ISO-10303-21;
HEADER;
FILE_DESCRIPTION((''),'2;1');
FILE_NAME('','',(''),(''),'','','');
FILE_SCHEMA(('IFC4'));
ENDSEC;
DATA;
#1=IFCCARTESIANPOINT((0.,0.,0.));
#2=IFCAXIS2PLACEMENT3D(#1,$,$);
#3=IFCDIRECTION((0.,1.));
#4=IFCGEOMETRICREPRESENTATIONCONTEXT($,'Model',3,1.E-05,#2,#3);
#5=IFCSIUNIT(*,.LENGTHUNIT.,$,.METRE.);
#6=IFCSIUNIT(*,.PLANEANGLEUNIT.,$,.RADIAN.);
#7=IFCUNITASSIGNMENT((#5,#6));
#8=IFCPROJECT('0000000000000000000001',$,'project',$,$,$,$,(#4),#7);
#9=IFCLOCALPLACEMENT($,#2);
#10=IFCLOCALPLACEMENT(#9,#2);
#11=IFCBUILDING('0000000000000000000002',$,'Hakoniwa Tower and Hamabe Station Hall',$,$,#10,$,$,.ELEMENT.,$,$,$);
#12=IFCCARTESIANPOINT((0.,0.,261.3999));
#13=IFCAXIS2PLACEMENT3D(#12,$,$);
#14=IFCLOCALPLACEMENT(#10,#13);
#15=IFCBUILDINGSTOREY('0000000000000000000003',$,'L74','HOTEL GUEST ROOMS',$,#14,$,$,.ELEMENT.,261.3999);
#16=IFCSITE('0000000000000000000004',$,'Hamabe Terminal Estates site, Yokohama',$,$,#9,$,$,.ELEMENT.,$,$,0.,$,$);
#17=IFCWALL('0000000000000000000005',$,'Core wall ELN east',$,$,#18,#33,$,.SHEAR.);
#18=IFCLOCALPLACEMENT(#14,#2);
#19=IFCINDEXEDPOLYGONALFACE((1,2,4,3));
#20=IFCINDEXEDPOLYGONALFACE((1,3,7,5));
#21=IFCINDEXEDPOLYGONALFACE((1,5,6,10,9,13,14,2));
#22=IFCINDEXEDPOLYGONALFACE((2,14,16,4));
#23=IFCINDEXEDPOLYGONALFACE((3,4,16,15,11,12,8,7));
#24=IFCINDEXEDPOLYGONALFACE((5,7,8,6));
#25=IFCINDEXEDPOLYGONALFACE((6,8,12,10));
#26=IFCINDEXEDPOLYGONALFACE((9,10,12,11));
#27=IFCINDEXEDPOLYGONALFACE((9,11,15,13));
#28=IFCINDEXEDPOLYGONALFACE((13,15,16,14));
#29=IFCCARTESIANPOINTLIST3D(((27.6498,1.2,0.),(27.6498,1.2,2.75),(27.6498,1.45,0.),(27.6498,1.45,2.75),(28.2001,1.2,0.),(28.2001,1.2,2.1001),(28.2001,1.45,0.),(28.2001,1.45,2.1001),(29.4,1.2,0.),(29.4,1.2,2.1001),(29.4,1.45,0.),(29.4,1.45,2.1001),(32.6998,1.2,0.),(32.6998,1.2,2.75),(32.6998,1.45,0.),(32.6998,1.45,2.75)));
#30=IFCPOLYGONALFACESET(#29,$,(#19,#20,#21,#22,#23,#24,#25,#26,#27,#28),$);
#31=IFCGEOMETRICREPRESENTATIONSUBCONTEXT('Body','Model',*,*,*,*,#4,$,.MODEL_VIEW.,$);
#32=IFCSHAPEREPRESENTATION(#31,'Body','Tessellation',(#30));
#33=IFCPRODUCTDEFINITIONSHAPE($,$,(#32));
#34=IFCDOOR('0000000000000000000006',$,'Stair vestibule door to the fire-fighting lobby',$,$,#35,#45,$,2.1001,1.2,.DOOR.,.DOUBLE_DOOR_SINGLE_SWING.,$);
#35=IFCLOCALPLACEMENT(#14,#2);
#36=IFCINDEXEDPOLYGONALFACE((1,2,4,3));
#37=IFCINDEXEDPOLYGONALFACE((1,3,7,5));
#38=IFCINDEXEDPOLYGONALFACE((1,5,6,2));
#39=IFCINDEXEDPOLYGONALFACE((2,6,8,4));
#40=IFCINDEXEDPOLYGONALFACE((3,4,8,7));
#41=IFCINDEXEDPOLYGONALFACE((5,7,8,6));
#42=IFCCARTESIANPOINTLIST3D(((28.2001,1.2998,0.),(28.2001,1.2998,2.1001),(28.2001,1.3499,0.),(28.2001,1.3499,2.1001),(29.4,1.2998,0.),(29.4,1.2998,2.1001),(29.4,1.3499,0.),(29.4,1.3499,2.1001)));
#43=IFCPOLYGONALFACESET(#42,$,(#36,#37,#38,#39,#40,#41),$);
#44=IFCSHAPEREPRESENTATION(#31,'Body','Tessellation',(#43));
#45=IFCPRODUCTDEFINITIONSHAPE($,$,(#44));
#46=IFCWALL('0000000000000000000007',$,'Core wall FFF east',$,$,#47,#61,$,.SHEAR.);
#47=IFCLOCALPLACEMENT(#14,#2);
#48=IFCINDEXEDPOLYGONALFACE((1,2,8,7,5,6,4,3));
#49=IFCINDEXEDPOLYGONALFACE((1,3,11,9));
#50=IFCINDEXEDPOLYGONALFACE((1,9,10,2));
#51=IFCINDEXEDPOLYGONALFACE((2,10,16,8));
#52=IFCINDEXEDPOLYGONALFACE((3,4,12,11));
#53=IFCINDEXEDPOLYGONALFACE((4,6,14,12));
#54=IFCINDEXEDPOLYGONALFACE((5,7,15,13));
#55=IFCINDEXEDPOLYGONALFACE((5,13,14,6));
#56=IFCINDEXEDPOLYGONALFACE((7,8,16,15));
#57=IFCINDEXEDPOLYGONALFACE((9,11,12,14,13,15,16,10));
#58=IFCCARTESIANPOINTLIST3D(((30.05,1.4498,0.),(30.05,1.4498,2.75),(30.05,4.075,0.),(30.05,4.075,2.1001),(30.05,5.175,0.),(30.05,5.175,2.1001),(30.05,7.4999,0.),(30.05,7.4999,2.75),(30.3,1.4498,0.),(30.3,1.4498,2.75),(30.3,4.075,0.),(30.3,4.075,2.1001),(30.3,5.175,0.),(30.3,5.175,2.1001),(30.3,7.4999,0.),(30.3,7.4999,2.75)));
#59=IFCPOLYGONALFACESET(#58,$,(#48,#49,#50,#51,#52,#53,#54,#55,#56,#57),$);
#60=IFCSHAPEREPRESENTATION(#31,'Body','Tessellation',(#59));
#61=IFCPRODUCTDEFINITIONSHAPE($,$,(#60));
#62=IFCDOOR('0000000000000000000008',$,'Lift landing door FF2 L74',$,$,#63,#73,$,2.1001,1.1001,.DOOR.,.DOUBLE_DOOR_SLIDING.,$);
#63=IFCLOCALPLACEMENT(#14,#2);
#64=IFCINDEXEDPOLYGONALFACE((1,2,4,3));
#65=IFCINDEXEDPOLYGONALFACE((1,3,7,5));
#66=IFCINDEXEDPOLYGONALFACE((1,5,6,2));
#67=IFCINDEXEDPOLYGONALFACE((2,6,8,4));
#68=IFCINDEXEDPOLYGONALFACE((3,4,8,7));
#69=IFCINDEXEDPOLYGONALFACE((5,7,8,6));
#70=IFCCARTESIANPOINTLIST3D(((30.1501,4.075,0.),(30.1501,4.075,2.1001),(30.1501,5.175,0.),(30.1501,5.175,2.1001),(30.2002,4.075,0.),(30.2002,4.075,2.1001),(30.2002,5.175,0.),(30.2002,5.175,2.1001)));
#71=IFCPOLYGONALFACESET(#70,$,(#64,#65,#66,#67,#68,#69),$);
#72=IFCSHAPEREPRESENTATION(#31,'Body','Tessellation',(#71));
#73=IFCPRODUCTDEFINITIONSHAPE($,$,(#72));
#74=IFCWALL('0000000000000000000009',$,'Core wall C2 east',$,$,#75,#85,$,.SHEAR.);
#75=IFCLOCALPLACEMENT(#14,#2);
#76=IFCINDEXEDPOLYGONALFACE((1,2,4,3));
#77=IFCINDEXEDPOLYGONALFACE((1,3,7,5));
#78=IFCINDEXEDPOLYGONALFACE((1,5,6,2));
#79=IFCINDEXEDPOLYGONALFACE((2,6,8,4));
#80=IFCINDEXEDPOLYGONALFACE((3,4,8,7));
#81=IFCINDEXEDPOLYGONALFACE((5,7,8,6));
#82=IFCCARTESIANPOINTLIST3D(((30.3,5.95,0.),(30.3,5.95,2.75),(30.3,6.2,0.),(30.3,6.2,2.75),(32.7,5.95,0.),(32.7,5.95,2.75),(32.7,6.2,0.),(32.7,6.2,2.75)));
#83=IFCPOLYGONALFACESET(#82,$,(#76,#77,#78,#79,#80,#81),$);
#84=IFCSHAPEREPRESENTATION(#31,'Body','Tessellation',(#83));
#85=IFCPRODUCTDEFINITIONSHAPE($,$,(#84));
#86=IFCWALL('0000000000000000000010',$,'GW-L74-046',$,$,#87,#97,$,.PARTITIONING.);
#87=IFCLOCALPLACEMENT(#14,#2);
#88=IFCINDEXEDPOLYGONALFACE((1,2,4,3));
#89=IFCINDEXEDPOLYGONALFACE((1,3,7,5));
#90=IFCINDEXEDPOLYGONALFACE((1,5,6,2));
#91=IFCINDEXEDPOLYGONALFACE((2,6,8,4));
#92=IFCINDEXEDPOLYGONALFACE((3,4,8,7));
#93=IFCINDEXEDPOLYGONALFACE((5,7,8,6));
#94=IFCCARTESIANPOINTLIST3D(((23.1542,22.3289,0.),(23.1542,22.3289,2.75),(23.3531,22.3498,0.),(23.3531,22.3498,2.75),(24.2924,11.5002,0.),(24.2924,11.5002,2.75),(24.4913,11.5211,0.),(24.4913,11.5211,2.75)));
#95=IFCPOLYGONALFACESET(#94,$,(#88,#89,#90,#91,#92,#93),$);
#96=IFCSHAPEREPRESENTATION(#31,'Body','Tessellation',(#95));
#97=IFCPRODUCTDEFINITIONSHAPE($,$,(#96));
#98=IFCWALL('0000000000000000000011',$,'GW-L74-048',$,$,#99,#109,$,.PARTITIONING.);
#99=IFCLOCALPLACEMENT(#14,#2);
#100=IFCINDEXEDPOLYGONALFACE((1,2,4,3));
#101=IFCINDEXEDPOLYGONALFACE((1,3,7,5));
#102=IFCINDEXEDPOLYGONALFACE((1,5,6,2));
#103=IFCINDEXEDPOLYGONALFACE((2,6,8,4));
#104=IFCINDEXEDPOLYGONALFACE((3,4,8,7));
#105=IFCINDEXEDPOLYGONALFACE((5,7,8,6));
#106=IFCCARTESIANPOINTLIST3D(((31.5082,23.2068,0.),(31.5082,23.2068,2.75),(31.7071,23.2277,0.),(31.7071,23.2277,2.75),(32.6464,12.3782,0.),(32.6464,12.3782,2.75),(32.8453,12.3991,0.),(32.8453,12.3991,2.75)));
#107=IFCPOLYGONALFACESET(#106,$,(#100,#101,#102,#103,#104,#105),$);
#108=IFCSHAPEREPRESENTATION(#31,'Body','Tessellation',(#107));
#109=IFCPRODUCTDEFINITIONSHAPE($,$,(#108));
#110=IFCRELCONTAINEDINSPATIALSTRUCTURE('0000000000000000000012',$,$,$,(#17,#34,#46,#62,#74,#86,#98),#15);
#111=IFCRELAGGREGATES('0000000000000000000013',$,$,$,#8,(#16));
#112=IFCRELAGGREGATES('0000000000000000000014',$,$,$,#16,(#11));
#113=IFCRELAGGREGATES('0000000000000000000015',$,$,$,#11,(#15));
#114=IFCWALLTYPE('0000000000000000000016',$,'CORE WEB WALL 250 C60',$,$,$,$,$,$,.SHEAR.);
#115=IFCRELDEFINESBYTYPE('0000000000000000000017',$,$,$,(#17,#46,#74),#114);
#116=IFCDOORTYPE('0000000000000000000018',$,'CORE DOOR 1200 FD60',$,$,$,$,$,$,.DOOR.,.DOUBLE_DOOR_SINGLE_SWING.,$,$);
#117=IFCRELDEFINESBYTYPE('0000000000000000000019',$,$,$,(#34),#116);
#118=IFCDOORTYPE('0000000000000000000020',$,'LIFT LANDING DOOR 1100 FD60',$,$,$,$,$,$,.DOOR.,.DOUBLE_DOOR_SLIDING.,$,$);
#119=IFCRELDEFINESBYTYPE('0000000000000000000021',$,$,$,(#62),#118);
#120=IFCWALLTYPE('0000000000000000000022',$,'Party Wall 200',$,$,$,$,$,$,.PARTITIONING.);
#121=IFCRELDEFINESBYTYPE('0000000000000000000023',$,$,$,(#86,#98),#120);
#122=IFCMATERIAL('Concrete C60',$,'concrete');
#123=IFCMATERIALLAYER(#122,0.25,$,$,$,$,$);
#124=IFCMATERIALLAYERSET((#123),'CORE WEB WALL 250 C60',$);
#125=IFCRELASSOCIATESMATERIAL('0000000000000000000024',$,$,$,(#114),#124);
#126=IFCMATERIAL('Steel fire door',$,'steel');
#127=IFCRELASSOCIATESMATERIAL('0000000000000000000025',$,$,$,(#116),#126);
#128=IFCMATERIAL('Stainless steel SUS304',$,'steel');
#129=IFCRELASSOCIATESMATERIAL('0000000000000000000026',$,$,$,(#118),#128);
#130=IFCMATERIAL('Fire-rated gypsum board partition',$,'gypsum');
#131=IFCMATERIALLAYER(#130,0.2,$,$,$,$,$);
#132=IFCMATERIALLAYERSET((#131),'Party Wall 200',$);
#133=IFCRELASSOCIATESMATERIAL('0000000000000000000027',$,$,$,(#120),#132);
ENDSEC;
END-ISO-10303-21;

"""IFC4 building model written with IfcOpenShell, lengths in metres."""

from ifc_helpers import new_model, si_unit, direction, frame, frame_2d, origin, place, context, subcontext, project, spatial, rectangle, extrude, material, layer, layer_set, type_object, element, fill, save


model = new_model("IFC4")

# Units and contexts
model_context = context("Model", 3, precision=1e-05, world=origin(), true_north=direction((0.0, 1.0)))
body_context = subcontext(model_context, "Body", "Model", "MODEL_VIEW")
ifc_project = project(units=[si_unit("LENGTHUNIT", "METRE"), si_unit("PLANEANGLEUNIT", "RADIAN")], contexts=[model_context])

# Site, building, storey
site_placement = place(None, origin())
site = spatial("IfcSite", under=ifc_project, at=site_placement, Name="Hamabe Terminal Estates site, Yokohama", CompositionType="ELEMENT", RefElevation=0.0)
building_placement = place(site_placement, origin())
building = spatial("IfcBuilding", under=site, at=building_placement, Name="Hakoniwa Tower and Hamabe Station Hall", CompositionType="ELEMENT")
storey_placement = place(building_placement, frame((0.0, 0.0, 261.3999)))
storey = spatial("IfcBuildingStorey", under=building, at=storey_placement, Name="L74", Description="HOTEL GUEST ROOMS", CompositionType="ELEMENT", Elevation=261.3999)

# Shared definitions
ifc_material_1 = material(Name="Concrete C60", Category="concrete")
ifc_layer_1 = layer(ifc_material_1, 0.25)
ifc_layer_set_1 = layer_set([ifc_layer_1], Name="CORE WEB WALL 250 C60")
wall_type_1 = type_object("IfcWallType", Name="CORE WEB WALL 250 C60", PredefinedType="SHEAR", material=ifc_layer_set_1)

# Walls, openings, doors
ifc_material_2 = material(Name="Steel fire door", Category="steel")
door_type_1 = type_object("IfcDoorType", Name="CORE DOOR 1200 FD60", OperationType="DOUBLE_DOOR_SINGLE_SWING", PredefinedType="DOOR", material=ifc_material_2)
wall_1_placement = place(storey_placement, frame((27.6499, 1.325, 0.0), z_axis=(0.0, 0.0, 1.0), x_axis=(1.0, 0.0, 0.0)))
wall_1 = element("IfcWall", 1, at=wall_1_placement, inside=storey, type_object=wall_type_1, Name="Core wall ELN east", PredefinedType="SHEAR", context=body_context, shape_type="SweptSolid", body=[
    extrude(rectangle(XDim=5.05, YDim=0.25, at=frame_2d((2.5249, 0.0))), origin(), (0.0, 0.0, 1.0), 2.75),
])
opening_1_placement = place(wall_1_placement, frame((0.55, 0.0, 0.0)))
opening_1 = element("IfcOpeningElement", 2, at=opening_1_placement, cuts=wall_1, PredefinedType="OPENING", context=body_context, shape_type="SweptSolid", body=[
    extrude(rectangle(XDim=1.2, YDim=2.1001, at=frame_2d((0.6001, 1.05))), frame((0.0, 0.135, 0.0), z_axis=(0.0, -1.0, 0.0), x_axis=(1.0, 0.0, 0.0)), (0.0, 0.0, 1.0), 0.27),
])
door_1_placement = place(opening_1_placement, origin())
door_1 = element("IfcDoor", 3, at=door_1_placement, inside=storey, type_object=door_type_1, Name="Stair vestibule door to the fire-fighting lobby", OperationType="DOUBLE_DOOR_SINGLE_SWING", OverallHeight=2.1001, OverallWidth=1.2, PredefinedType="DOOR", context=body_context, shape_type="SweptSolid", body=[
    extrude(rectangle(XDim=1.2, YDim=2.1001, at=frame_2d((0.6001, 1.05))), frame((0.0, 0.0249, 0.0), z_axis=(0.0, -1.0, 0.0), x_axis=(1.0, 0.0, 0.0)), (0.0, 0.0, 1.0), 0.05),
])
fill(opening_1, door_1)
wall_2_placement = place(storey_placement, frame((30.175, 1.45, 0.0), z_axis=(0.0, 0.0, 1.0), x_axis=(0.0, 1.0, 0.0)))
wall_2 = element("IfcWall", 4, at=wall_2_placement, inside=storey, type_object=wall_type_1, Name="Core wall FFF east", PredefinedType="SHEAR", context=body_context, shape_type="SweptSolid", body=[
    extrude(rectangle(XDim=6.05, YDim=0.25, at=frame_2d((3.0249, 0.0))), origin(), (0.0, 0.0, 1.0), 2.75),
])
opening_2_placement = place(wall_2_placement, frame((2.625, 0.0, 0.0)))
opening_2 = element("IfcOpeningElement", 5, at=opening_2_placement, cuts=wall_2, PredefinedType="OPENING", context=body_context, shape_type="SweptSolid", body=[
    extrude(rectangle(XDim=1.1001, YDim=2.1001, at=frame_2d((0.55, 1.05))), frame((0.0, 0.135, 0.0), z_axis=(0.0, -1.0, 0.0), x_axis=(1.0, 0.0, 0.0)), (0.0, 0.0, 1.0), 0.27),
])
ifc_material_3 = material(Name="Stainless steel SUS304", Category="steel")
door_type_2 = type_object("IfcDoorType", Name="LIFT LANDING DOOR 1100 FD60", OperationType="DOUBLE_DOOR_SLIDING", PredefinedType="DOOR", material=ifc_material_3)
door_2_placement = place(opening_2_placement, origin())
door_2 = element("IfcDoor", 6, at=door_2_placement, inside=storey, type_object=door_type_2, Name="Lift landing door FF2 L74", OperationType="DOUBLE_DOOR_SLIDING", OverallHeight=2.1001, OverallWidth=1.1001, PredefinedType="DOOR", context=body_context, shape_type="SweptSolid", body=[
    extrude(rectangle(XDim=1.1001, YDim=2.1001, at=frame_2d((0.55, 1.05))), frame((0.0, 0.0249, 0.0), z_axis=(0.0, -1.0, 0.0), x_axis=(1.0, 0.0, 0.0)), (0.0, 0.0, 1.0), 0.05),
])
fill(opening_2, door_2)

# Walls
wall_3_placement = place(storey_placement, frame((30.3, 6.075, 0.0), z_axis=(0.0, 0.0, 1.0), x_axis=(1.0, 0.0, 0.0)))
element("IfcWall", 7, at=wall_3_placement, inside=storey, type_object=wall_type_1, Name="Core wall C2 east", PredefinedType="SHEAR", context=body_context, shape_type="SweptSolid", body=[
    extrude(rectangle(XDim=2.3999, YDim=0.25, at=frame_2d((1.2, 0.0))), origin(), (0.0, 0.0, 1.0), 2.75),
])
ifc_material_4 = material(Name="Fire-rated gypsum board partition", Category="gypsum")
ifc_layer_2 = layer(ifc_material_4, 0.2)
ifc_layer_set_2 = layer_set([ifc_layer_2], Name="Party Wall 200")
wall_type_2 = type_object("IfcWallType", Name="Party Wall 200", PredefinedType="PARTITIONING", material=ifc_layer_set_2)
wall_4_placement = place(storey_placement, frame((24.3918, 11.5105, 0.0), z_axis=(0.0, 0.0, 1.0), x_axis=(-0.104531, 0.994522, 0.0)))
element("IfcWall", 8, at=wall_4_placement, inside=storey, type_object=wall_type_2, Name="GW-L74-046", PredefinedType="PARTITIONING", context=body_context, shape_type="SweptSolid", body=[
    extrude(rectangle(XDim=10.8884, YDim=0.2, at=frame_2d((5.4443, 0.0))), origin(), (0.0, 0.0, 1.0), 2.75),
])
wall_5_placement = place(storey_placement, frame((32.7458, 12.3887, 0.0), z_axis=(0.0, 0.0, 1.0), x_axis=(-0.104533, 0.994521, 0.0)))
element("IfcWall", 9, at=wall_5_placement, inside=storey, type_object=wall_type_2, Name="GW-L74-048", PredefinedType="PARTITIONING", context=body_context, shape_type="SweptSolid", body=[
    extrude(rectangle(XDim=10.8882, YDim=0.2, at=frame_2d((5.4441, 0.0))), origin(), (0.0, 0.0, 1.0), 2.75),
])

save(model, "model.ifc")
